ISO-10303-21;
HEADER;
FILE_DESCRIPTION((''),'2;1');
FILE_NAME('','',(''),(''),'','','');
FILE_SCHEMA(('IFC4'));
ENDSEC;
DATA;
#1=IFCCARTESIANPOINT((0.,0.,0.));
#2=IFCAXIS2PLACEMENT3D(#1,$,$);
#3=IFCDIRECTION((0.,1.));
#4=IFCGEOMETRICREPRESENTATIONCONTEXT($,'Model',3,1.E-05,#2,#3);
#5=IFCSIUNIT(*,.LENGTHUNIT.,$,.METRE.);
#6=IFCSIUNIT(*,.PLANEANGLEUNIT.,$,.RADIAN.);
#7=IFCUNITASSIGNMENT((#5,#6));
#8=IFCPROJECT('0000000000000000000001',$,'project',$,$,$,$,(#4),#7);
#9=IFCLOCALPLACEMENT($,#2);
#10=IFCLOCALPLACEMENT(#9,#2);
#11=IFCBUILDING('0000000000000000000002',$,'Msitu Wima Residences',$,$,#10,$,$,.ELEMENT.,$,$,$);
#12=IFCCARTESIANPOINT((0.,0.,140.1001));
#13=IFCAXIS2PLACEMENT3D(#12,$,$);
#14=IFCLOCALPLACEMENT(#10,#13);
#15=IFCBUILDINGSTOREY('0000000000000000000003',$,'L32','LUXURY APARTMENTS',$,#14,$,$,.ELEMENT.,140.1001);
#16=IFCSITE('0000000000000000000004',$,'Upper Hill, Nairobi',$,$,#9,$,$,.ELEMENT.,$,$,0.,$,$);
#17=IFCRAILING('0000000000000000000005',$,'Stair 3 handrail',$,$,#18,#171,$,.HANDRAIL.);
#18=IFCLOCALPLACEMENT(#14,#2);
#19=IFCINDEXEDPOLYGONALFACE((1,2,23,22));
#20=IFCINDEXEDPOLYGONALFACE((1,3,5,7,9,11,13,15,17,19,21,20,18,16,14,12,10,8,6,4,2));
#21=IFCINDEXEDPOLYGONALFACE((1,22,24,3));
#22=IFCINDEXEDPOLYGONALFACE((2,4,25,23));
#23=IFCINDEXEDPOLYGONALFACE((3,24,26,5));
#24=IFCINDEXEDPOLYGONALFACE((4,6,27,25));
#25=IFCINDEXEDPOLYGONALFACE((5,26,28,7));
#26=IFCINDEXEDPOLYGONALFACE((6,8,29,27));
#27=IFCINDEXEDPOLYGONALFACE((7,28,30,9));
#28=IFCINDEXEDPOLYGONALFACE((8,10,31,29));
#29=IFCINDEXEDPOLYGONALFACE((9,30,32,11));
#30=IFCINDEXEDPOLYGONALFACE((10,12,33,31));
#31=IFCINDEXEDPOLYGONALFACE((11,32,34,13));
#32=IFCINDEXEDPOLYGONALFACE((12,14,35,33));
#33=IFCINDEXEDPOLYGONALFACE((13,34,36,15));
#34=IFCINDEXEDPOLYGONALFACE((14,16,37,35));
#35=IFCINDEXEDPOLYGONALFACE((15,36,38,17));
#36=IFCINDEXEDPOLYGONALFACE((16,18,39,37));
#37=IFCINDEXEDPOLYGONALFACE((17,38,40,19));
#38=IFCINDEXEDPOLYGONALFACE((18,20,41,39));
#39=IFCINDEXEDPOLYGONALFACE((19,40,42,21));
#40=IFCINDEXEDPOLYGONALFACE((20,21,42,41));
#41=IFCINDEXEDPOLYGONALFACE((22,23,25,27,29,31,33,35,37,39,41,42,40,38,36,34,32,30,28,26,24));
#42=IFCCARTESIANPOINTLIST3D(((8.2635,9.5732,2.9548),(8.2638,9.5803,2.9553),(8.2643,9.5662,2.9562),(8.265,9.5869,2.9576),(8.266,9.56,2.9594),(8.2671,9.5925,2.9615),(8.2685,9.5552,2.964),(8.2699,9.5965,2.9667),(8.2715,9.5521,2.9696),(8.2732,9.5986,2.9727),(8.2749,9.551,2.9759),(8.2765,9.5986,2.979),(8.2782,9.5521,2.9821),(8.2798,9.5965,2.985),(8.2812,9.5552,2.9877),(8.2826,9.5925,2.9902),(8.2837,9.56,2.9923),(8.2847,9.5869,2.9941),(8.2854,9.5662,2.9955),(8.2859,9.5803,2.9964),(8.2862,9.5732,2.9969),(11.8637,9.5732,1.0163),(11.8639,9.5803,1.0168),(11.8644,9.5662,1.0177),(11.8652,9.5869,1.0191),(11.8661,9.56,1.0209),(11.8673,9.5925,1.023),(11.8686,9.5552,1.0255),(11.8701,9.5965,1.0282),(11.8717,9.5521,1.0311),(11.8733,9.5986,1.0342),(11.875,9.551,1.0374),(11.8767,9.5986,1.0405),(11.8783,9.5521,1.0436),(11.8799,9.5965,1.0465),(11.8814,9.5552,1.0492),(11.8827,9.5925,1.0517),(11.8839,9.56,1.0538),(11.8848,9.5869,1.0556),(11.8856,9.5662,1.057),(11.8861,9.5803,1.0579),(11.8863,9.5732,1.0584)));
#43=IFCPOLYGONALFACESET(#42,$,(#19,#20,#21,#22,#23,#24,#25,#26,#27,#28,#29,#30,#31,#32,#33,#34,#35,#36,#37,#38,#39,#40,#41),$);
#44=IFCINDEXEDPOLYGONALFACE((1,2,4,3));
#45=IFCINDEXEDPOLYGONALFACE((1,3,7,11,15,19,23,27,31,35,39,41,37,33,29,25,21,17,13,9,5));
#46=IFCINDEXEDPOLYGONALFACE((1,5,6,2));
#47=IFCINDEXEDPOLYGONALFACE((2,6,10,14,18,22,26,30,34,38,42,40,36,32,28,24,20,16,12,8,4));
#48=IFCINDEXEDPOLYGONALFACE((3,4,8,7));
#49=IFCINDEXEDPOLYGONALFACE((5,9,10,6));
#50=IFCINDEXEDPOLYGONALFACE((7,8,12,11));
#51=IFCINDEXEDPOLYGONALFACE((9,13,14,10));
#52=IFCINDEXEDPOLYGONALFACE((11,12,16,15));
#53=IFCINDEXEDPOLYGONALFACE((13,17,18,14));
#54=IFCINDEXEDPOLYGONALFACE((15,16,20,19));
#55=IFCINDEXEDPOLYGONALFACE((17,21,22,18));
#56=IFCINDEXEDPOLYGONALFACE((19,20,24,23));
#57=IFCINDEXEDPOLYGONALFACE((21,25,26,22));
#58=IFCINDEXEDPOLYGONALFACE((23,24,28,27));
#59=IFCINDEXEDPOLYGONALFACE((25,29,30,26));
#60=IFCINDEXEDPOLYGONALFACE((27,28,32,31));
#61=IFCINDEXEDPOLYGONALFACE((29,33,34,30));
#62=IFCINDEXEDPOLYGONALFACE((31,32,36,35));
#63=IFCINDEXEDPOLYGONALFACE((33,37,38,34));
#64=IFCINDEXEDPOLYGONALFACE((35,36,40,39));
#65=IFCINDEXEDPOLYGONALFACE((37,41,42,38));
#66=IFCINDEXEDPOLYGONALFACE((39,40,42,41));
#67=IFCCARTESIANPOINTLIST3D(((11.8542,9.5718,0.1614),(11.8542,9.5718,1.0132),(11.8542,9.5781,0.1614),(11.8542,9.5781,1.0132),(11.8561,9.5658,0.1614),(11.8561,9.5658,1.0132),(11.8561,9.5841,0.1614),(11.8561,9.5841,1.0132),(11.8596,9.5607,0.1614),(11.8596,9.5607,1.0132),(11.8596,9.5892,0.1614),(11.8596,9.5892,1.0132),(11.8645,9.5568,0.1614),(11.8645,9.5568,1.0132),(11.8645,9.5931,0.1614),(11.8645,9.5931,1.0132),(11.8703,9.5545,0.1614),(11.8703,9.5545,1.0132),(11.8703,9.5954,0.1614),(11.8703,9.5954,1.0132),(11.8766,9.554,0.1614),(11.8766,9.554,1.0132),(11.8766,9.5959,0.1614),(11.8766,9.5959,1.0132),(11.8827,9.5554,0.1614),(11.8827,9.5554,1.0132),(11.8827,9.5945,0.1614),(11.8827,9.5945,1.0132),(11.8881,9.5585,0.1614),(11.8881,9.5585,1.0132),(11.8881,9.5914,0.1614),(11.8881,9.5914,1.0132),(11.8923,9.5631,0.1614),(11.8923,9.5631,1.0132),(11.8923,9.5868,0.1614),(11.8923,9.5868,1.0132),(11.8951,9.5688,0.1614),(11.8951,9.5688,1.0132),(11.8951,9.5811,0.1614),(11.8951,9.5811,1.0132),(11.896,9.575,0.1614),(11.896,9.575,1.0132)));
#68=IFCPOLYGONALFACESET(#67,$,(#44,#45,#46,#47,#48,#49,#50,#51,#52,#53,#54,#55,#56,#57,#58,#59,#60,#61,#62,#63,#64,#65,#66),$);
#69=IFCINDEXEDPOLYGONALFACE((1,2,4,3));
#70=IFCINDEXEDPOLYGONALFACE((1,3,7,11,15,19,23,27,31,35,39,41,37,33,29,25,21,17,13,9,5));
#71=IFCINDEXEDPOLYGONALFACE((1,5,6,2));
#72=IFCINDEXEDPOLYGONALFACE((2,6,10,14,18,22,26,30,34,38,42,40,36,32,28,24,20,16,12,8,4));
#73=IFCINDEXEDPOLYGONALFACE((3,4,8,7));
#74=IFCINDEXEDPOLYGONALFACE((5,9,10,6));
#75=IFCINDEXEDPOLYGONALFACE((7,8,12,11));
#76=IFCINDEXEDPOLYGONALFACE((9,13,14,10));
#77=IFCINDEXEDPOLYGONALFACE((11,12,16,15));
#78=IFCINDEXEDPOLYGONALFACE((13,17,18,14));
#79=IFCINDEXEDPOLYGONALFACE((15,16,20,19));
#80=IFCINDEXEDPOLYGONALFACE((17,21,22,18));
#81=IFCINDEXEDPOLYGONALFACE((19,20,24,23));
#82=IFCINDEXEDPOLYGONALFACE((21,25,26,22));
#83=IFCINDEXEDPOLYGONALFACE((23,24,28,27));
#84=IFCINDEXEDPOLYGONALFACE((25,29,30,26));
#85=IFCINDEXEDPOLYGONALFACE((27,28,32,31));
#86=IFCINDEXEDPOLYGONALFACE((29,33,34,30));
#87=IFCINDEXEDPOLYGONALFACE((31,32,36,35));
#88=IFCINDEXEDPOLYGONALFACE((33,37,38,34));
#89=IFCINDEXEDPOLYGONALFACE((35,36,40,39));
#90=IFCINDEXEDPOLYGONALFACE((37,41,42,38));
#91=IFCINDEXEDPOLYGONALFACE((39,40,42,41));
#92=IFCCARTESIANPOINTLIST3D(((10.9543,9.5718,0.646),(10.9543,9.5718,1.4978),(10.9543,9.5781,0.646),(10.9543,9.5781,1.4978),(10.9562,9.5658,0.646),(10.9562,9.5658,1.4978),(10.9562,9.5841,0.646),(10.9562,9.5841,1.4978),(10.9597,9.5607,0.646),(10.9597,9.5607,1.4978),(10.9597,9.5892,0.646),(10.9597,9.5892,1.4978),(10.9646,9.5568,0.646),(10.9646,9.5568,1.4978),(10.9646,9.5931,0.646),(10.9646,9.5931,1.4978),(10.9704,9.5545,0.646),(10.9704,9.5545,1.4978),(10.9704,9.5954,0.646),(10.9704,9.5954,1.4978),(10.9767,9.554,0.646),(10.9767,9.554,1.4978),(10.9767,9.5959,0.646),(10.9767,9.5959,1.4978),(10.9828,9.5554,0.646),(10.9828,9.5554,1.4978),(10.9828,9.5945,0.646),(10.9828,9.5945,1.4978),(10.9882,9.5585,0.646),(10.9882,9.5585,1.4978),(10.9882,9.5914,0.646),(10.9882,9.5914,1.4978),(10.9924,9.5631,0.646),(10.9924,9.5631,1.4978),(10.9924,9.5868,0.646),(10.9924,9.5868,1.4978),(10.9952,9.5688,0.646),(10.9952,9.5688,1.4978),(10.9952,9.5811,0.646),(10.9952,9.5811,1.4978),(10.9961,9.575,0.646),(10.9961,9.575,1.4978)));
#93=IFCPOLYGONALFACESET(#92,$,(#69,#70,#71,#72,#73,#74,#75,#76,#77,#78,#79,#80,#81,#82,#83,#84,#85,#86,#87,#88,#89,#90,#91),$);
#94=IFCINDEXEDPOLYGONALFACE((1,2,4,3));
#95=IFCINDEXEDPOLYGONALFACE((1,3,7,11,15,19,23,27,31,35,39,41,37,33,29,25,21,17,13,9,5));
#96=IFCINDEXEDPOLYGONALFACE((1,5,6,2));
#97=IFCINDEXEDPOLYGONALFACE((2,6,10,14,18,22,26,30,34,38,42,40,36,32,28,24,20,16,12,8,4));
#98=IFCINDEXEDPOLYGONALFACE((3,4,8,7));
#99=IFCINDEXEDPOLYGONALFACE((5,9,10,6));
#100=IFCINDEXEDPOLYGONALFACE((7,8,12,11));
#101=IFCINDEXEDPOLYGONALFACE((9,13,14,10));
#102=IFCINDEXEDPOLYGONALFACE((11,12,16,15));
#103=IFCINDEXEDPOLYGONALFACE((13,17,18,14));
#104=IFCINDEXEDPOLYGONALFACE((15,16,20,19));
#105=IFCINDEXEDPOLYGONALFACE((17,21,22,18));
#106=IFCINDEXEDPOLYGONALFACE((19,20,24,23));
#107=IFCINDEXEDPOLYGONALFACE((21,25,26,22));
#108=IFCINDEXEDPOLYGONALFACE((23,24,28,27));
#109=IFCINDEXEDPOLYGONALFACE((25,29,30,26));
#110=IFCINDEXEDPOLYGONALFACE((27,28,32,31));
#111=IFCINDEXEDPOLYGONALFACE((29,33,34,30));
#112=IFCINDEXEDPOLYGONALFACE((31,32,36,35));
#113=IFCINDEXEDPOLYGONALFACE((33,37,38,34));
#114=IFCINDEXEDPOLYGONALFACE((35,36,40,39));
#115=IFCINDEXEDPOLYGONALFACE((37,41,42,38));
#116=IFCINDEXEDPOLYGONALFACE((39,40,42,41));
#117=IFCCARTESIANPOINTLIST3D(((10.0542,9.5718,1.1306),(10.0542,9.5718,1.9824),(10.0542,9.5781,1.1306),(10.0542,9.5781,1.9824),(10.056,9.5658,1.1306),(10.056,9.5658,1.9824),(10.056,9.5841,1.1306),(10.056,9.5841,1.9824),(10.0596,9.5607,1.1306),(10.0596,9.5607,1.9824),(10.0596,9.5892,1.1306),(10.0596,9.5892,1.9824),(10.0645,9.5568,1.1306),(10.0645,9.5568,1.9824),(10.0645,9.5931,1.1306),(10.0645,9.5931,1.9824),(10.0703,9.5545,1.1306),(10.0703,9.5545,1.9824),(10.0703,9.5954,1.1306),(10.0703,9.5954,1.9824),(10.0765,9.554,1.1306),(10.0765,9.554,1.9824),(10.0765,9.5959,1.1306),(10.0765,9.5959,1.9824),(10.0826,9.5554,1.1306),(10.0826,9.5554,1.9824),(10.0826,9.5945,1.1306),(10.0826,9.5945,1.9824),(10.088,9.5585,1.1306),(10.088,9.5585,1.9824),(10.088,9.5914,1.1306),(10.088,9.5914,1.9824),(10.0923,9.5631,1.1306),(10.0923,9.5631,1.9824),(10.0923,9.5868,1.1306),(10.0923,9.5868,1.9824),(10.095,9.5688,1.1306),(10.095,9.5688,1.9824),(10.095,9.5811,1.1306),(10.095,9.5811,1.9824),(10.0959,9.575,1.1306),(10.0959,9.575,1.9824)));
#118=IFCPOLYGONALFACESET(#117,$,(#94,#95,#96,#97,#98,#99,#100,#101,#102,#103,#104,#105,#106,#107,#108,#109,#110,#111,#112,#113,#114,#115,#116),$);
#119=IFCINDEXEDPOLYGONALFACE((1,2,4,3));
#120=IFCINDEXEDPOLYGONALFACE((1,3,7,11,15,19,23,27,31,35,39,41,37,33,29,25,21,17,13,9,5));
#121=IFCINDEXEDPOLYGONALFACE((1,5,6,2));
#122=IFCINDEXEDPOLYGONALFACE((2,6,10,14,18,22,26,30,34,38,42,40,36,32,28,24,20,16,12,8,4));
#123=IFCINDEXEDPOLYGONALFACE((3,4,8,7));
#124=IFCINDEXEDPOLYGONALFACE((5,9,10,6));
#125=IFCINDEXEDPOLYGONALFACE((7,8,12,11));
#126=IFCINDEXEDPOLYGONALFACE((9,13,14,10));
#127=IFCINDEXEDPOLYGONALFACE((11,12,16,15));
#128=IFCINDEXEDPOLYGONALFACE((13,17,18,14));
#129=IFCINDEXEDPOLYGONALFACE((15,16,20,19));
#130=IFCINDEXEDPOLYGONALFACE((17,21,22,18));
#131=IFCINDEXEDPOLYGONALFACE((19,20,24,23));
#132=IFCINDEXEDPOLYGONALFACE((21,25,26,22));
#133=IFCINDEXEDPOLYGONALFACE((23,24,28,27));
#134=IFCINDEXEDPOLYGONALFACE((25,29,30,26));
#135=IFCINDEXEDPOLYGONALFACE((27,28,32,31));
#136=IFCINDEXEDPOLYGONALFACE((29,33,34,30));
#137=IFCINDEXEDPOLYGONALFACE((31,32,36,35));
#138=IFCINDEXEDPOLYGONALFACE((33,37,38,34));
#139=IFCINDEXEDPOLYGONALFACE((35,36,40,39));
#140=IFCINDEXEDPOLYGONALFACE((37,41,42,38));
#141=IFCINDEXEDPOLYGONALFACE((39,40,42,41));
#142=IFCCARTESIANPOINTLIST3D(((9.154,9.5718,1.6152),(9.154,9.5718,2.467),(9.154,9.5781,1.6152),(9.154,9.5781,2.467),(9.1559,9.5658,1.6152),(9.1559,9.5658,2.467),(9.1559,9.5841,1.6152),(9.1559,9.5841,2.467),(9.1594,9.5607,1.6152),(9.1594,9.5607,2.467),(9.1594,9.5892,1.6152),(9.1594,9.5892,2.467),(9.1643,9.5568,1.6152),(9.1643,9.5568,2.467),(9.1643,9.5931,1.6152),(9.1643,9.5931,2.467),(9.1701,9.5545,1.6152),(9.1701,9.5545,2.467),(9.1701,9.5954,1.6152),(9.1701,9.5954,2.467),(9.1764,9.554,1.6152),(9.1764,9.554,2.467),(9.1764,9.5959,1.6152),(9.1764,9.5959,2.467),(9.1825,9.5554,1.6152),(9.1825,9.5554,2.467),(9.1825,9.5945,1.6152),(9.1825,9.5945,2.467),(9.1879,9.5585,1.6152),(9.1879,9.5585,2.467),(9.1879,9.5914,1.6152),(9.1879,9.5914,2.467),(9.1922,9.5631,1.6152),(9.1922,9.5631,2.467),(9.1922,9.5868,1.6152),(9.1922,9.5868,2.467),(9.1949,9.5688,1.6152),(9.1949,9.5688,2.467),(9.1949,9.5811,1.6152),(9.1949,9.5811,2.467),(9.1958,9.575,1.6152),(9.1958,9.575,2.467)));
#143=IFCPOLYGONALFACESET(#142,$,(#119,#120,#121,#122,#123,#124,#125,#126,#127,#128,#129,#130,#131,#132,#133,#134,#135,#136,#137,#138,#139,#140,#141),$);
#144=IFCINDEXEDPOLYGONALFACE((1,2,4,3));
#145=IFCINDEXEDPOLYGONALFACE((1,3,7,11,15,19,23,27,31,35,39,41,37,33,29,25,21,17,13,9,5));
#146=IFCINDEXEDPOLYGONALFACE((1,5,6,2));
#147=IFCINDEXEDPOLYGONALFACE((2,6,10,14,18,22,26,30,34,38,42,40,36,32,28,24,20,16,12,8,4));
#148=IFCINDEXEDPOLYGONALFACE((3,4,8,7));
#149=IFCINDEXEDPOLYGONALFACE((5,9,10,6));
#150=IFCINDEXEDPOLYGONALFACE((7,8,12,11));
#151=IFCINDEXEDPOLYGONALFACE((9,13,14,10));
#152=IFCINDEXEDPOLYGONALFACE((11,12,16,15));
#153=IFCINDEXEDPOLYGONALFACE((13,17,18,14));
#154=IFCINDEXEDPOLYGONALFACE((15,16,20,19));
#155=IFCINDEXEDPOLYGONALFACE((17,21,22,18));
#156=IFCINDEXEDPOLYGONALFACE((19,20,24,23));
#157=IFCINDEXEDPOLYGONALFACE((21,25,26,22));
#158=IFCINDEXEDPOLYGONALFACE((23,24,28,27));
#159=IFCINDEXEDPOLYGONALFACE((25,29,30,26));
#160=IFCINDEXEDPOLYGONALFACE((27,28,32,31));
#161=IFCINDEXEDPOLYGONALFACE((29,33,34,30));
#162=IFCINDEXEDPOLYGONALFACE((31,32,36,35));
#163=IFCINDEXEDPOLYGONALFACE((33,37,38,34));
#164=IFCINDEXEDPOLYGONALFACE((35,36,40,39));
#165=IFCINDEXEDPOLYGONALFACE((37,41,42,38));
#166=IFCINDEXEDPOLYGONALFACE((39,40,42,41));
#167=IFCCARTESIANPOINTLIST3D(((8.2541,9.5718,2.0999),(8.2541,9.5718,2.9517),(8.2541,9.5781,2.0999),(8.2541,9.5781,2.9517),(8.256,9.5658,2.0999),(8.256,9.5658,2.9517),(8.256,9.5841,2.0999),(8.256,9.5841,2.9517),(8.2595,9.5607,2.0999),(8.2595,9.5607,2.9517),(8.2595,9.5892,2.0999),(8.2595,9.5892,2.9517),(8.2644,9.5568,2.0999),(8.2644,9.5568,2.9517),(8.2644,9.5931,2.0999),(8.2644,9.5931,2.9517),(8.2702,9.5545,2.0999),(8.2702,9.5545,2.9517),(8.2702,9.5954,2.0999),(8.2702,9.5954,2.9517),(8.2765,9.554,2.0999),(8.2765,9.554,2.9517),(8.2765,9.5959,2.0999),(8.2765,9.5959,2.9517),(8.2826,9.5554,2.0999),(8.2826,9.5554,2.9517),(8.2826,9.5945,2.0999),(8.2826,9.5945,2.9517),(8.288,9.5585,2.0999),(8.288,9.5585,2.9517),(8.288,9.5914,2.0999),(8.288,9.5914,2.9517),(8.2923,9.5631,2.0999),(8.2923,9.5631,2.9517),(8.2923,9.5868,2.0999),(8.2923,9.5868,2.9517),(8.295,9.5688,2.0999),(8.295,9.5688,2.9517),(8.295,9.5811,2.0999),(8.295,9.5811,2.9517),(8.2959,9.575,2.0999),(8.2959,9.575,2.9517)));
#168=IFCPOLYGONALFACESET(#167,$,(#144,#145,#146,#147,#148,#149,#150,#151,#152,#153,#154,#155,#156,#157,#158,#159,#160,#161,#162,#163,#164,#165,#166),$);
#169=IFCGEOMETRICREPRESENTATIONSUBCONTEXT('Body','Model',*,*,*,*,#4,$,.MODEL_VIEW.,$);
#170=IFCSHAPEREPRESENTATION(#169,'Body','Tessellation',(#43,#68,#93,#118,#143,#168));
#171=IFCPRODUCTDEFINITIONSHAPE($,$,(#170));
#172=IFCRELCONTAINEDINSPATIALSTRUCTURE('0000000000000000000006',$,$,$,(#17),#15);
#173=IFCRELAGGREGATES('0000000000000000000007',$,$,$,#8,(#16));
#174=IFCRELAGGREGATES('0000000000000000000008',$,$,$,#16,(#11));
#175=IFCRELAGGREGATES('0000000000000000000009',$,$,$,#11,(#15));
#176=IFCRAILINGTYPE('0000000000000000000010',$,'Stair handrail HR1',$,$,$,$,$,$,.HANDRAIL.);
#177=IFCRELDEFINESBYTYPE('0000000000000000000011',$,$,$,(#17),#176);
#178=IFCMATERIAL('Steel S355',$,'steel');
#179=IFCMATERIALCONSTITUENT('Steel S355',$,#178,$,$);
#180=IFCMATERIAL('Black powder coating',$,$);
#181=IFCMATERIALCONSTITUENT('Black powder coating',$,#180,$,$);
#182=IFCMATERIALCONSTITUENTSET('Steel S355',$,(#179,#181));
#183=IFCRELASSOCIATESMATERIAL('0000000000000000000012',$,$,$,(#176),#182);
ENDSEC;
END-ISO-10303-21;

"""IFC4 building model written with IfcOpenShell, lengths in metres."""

from ifc_helpers import new_model, si_unit, direction, frame, origin, origin_2d, place, context, subcontext, project, spatial, circle, extrude, material, constituent, constituent_set, type_object, element, save


model = new_model("IFC4")

# Units and contexts
model_context = context("Model", 3, precision=1e-05, world=origin(), true_north=direction((0.0, 1.0)))
body_context = subcontext(model_context, "Body", "Model", "MODEL_VIEW")
ifc_project = project(units=[si_unit("LENGTHUNIT", "METRE"), si_unit("PLANEANGLEUNIT", "RADIAN")], contexts=[model_context])

# Site, building, storey
site_placement = place(None, origin())
site = spatial("IfcSite", under=ifc_project, at=site_placement, Name="Upper Hill, Nairobi", CompositionType="ELEMENT", RefElevation=0.0)
building_placement = place(site_placement, origin())
building = spatial("IfcBuilding", under=site, at=building_placement, Name="Msitu Wima Residences", CompositionType="ELEMENT")
storey_placement = place(building_placement, frame((0.0, 0.0, 140.1001)))
storey = spatial("IfcBuildingStorey", under=building, at=storey_placement, Name="L32", Description="LUXURY APARTMENTS", CompositionType="ELEMENT", Elevation=140.1001)

# Railing
ifc_material_1 = material(Name="Steel S355", Category="steel")
ifc_constituent_1 = constituent(ifc_material_1, Name="Steel S355")
ifc_material_2 = material(Name="Black powder coating")
ifc_constituent_2 = constituent(ifc_material_2, Name="Black powder coating")
ifc_constituent_set = constituent_set(constituents=[ifc_constituent_1, ifc_constituent_2], Name="Steel S355")
railing_type = type_object("IfcRailingType", Name="Stair handrail HR1", PredefinedType="HANDRAIL", material=ifc_constituent_set)
for number, where, name in (
    (1, (11.875, 9.575, 0.1614), "Stair 3 handrail"),
):
    element("IfcRailing", number, at=place(storey_placement, frame(where)), inside=storey, type_object=railing_type, Name=name, PredefinedType="HANDRAIL", context=body_context, shape_type="SweptSolid", body=[
        extrude(circle(Radius=0.0239, at=origin_2d()), frame((0.0, 0.0, 0.876), z_axis=(-0.880475, 0.0, 0.474093), x_axis=(0.0, -1.0, 0.0)), (0.0, 0.0, 1.0), 4.0889),
        extrude(circle(Radius=0.021, at=origin_2d()), origin(), (0.0, 0.0, 1.0), 0.8518),
        extrude(circle(Radius=0.021, at=origin_2d()), frame((-0.8999, 0.0, 0.4846)), (0.0, 0.0, 1.0), 0.8518),
        extrude(circle(Radius=0.021, at=origin_2d()), frame((-1.8, 0.0, 0.9692)), (0.0, 0.0, 1.0), 0.8518),
        extrude(circle(Radius=0.021, at=origin_2d()), frame((-2.7002, 0.0, 1.4539)), (0.0, 0.0, 1.0), 0.8518),
        extrude(circle(Radius=0.021, at=origin_2d()), frame((-3.6001, 0.0, 1.9385)), (0.0, 0.0, 1.0), 0.8518),
    ])

save(model, "model.ifc")
